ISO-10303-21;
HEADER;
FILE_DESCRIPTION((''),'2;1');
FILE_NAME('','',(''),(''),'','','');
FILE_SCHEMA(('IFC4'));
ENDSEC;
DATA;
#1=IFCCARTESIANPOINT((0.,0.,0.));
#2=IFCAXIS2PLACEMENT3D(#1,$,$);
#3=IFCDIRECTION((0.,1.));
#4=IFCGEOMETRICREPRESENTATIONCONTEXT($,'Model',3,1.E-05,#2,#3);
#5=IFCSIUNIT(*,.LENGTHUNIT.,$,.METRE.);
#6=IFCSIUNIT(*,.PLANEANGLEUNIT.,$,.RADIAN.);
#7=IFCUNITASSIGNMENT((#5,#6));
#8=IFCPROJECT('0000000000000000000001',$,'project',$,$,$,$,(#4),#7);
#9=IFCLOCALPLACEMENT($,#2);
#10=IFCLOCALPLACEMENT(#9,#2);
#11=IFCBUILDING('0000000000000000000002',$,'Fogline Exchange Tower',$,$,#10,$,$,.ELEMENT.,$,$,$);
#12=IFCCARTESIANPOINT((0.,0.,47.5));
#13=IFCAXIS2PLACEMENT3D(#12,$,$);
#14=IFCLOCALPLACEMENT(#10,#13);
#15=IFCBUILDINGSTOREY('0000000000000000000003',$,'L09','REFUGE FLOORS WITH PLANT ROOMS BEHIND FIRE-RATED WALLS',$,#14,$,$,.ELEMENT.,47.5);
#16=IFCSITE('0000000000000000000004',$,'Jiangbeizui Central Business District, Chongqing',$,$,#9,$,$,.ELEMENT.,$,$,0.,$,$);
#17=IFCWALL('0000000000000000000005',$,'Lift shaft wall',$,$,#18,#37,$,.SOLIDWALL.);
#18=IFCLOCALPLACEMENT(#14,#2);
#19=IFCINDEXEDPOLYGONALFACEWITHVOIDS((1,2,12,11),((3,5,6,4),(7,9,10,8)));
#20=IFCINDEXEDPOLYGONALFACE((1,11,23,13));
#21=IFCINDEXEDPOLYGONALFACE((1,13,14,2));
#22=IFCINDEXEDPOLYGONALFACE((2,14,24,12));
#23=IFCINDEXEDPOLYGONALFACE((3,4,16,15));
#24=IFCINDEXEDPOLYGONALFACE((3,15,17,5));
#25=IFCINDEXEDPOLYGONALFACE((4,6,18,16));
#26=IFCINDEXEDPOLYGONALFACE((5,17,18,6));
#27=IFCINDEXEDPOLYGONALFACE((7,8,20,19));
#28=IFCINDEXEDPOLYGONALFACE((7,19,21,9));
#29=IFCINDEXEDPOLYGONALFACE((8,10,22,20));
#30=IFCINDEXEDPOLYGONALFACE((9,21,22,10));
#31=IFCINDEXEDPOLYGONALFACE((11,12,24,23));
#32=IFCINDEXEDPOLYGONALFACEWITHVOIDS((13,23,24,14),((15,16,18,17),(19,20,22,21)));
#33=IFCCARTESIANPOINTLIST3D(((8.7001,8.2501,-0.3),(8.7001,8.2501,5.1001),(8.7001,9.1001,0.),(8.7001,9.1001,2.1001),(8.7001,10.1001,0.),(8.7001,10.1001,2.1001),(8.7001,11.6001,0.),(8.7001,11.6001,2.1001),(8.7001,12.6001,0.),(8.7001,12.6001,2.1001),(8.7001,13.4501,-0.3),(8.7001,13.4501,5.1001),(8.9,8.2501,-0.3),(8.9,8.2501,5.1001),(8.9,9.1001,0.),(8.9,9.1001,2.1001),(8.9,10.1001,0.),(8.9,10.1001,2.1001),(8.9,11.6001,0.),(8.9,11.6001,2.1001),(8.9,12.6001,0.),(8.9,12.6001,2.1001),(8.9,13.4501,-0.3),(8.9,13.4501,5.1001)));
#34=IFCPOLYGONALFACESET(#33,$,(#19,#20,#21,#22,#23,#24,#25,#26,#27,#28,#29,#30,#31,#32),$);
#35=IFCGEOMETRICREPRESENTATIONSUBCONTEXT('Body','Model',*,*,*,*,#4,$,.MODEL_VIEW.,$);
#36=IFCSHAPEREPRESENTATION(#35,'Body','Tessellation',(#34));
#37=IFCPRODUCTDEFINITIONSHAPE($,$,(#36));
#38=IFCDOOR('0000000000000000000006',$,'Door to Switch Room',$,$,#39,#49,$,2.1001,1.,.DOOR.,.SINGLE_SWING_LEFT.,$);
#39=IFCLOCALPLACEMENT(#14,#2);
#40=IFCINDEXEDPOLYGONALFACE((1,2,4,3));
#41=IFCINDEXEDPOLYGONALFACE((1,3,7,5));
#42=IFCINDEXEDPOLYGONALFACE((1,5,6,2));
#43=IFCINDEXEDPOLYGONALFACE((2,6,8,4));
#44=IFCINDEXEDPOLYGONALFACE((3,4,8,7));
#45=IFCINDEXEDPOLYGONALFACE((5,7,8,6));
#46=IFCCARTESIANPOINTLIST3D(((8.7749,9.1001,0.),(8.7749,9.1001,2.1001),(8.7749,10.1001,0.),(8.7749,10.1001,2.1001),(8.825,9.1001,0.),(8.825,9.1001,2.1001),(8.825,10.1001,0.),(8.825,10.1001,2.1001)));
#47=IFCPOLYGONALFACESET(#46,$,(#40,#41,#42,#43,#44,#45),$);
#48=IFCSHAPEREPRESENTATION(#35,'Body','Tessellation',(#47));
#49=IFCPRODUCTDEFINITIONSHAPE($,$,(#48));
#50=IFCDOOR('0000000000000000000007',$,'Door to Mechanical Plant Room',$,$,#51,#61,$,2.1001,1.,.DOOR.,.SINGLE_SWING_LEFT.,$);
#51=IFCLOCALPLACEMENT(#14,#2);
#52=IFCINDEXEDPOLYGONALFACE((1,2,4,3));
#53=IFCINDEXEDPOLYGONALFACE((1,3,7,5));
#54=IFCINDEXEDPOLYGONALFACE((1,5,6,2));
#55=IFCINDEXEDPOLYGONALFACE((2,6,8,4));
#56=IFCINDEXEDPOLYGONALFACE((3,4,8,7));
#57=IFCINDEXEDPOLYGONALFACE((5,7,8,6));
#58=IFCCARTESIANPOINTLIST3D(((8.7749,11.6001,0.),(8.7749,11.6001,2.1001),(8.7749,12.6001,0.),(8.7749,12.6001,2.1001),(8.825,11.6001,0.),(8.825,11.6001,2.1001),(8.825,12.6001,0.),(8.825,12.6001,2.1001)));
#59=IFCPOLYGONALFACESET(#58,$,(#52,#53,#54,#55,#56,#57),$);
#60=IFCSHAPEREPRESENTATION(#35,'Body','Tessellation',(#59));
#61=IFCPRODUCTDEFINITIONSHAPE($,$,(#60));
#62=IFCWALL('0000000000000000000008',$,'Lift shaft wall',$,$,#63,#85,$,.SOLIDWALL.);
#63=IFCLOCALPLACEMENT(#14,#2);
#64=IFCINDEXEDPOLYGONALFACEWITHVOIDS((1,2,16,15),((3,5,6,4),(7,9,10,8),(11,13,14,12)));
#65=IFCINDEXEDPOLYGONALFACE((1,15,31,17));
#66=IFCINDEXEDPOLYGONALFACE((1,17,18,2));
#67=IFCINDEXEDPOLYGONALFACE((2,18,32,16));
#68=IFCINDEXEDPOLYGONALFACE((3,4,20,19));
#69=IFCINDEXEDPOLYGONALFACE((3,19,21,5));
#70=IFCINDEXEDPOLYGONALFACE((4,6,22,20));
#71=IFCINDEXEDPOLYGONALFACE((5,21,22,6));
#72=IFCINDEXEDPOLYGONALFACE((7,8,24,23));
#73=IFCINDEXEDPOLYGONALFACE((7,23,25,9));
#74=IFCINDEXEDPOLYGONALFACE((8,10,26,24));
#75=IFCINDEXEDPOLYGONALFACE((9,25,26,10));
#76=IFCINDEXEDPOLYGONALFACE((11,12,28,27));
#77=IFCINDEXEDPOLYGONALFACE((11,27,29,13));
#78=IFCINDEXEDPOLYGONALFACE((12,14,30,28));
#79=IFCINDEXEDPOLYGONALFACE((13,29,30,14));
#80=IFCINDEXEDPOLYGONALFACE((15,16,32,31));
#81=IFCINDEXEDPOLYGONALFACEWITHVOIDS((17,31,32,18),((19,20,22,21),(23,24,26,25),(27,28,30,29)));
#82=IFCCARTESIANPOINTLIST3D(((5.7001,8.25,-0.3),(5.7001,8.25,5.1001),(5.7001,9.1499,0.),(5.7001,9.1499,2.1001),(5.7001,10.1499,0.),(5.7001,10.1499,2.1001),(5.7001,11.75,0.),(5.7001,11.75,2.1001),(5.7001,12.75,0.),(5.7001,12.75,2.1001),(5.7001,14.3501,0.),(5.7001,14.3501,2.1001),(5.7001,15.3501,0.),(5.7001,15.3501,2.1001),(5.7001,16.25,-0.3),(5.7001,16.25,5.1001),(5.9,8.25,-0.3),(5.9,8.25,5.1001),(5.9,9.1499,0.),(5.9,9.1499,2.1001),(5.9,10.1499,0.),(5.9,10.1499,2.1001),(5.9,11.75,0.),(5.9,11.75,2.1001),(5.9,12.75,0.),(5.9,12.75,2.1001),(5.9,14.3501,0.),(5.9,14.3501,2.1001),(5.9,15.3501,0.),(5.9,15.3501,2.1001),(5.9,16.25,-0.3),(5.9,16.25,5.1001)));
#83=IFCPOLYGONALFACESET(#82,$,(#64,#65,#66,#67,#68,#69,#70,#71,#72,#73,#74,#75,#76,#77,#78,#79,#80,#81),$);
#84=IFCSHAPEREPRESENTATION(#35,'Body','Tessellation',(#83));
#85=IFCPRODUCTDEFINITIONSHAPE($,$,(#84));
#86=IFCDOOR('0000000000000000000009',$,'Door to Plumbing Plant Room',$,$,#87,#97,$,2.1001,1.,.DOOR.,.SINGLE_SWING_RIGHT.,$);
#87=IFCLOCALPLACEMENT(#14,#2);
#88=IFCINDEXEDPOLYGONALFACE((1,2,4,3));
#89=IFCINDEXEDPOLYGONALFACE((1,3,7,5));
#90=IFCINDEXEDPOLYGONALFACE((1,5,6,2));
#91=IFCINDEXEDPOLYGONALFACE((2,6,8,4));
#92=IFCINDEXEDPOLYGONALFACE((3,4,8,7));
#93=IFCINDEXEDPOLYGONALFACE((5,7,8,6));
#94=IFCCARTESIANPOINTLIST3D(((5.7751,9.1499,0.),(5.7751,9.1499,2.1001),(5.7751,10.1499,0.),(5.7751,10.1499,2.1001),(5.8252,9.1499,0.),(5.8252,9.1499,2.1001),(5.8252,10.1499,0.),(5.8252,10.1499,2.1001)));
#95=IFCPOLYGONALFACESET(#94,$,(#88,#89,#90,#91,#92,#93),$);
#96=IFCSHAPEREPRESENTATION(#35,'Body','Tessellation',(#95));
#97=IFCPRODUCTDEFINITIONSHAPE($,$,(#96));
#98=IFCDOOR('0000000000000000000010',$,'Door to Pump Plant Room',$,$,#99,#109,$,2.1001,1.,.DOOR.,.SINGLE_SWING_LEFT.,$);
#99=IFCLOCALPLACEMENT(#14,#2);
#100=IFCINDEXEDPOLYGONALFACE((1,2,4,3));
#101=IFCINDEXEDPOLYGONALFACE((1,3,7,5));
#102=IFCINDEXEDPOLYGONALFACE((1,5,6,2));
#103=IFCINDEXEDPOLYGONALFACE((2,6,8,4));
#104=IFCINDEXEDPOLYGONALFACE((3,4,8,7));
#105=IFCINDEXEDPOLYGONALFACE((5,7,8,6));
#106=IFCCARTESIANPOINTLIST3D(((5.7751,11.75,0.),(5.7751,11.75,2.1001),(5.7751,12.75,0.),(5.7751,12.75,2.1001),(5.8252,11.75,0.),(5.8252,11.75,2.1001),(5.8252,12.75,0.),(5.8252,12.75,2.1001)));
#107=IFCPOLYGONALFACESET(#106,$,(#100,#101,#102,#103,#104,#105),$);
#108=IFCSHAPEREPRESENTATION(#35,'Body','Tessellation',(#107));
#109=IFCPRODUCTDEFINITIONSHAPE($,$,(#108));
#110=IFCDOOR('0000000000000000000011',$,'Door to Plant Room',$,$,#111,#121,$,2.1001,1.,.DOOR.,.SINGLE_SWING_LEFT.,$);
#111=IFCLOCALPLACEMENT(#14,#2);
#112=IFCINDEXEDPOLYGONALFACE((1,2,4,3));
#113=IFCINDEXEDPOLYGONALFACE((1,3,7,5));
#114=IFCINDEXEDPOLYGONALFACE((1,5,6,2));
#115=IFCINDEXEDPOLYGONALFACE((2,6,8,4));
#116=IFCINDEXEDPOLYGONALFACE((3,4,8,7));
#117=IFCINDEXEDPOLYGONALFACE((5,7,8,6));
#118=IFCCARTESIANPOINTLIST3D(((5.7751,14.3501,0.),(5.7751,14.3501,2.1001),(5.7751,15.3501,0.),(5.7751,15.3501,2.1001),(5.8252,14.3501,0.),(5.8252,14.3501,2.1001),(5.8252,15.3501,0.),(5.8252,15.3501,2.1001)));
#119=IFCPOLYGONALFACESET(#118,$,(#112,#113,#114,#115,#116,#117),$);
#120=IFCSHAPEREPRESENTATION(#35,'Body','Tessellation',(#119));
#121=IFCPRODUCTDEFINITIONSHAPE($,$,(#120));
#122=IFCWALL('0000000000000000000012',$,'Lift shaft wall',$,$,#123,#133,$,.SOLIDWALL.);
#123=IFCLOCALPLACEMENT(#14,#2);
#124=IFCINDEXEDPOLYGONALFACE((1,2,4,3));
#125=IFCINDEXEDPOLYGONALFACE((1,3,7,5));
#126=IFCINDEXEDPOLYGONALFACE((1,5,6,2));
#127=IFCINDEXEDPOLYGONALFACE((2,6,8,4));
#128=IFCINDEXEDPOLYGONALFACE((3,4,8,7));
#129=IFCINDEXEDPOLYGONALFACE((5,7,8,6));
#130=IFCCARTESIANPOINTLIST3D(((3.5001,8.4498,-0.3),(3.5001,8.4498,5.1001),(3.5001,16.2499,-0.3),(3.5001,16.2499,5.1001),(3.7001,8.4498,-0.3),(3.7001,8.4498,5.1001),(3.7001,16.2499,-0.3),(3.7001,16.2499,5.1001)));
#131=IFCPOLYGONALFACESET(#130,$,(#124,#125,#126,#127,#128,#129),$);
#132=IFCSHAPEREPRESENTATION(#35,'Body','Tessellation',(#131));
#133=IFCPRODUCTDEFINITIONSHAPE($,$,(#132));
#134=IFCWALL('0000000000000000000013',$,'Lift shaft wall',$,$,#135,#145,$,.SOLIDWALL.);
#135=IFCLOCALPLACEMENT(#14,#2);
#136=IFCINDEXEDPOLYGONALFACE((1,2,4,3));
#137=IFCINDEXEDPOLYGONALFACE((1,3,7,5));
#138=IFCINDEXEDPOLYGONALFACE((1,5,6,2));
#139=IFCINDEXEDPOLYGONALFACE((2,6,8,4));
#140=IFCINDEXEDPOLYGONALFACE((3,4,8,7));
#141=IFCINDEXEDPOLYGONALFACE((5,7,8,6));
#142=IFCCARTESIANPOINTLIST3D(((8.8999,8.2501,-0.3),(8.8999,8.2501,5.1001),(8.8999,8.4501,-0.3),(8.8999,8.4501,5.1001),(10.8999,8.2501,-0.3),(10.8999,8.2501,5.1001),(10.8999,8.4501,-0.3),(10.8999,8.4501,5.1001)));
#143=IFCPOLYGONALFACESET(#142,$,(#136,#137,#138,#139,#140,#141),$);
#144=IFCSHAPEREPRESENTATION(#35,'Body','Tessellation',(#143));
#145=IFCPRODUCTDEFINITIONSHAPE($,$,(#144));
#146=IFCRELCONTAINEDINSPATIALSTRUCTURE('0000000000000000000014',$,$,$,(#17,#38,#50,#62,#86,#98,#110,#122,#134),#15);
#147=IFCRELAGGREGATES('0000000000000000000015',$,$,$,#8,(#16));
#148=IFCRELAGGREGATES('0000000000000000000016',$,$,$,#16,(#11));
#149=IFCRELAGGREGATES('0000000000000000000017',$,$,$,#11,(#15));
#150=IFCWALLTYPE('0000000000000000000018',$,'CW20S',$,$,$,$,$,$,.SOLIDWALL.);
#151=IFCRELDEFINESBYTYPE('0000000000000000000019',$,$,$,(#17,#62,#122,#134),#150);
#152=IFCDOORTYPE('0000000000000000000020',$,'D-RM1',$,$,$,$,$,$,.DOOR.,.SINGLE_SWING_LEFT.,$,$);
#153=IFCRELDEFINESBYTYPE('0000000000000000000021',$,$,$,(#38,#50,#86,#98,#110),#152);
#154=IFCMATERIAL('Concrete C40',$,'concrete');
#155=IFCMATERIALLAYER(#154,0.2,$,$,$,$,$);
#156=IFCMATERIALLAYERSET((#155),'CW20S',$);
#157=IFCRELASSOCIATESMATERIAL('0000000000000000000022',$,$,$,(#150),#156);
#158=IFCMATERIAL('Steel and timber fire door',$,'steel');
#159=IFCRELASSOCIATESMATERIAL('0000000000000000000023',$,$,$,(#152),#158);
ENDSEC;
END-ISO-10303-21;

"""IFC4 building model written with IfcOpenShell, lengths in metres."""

from ifc_helpers import new_model, si_unit, direction, frame, frame_2d, origin, place, context, subcontext, project, spatial, rectangle, extrude, material, layer, layer_set, type_object, element, fill, save


model = new_model("IFC4")

# Units and contexts
model_context = context("Model", 3, precision=1e-05, world=origin(), true_north=direction((0.0, 1.0)))
body_context = subcontext(model_context, "Body", "Model", "MODEL_VIEW")
ifc_project = project(units=[si_unit("LENGTHUNIT", "METRE"), si_unit("PLANEANGLEUNIT", "RADIAN")], contexts=[model_context])

# Site, building, storey
site_placement = place(None, origin())
site = spatial("IfcSite", under=ifc_project, at=site_placement, Name="Jiangbeizui Central Business District, Chongqing", CompositionType="ELEMENT", RefElevation=0.0)
building_placement = place(site_placement, origin())
building = spatial("IfcBuilding", under=site, at=building_placement, Name="Fogline Exchange Tower", CompositionType="ELEMENT")
storey_placement = place(building_placement, frame((0.0, 0.0, 47.5)))
storey = spatial("IfcBuildingStorey", under=building, at=storey_placement, Name="L09", Description="REFUGE FLOORS WITH PLANT ROOMS BEHIND FIRE-RATED WALLS", CompositionType="ELEMENT", Elevation=47.5)

# Shared definitions
ifc_material_1 = material(Name="Concrete C40", Category="concrete")

# Shared definitions
ifc_material_2 = material(Name="Steel and timber fire door", Category="steel")

# Walls, openings, doors
ifc_layer_1 = layer(ifc_material_1, 0.2)
ifc_layer_set_1 = layer_set([ifc_layer_1], Name="CW20S")
wall_type_1 = type_object("IfcWallType", Name="CW20S", PredefinedType="SOLIDWALL", material=ifc_layer_set_1)
wall_1_placement = place(storey_placement, frame((8.8, 8.25, -0.3), z_axis=(0.0, 0.0, 1.0), x_axis=(0.0, 1.0, 0.0)))
wall_1 = element("IfcWall", 1, at=wall_1_placement, inside=storey, type_object=wall_type_1, Name="Lift shaft wall", PredefinedType="SOLIDWALL", context=body_context, shape_type="SweptSolid", body=[
    extrude(rectangle(XDim=5.2, YDim=0.2, at=frame_2d((2.6001, 0.0))), origin(), (0.0, 0.0, 1.0), 5.4001),
])
opening_1_placement = place(wall_1_placement, frame((0.8501, 0.0, 0.3)))
opening_1 = element("IfcOpeningElement", 2, at=opening_1_placement, cuts=wall_1, PredefinedType="OPENING", context=body_context, shape_type="SweptSolid", body=[
    extrude(rectangle(XDim=1.0, YDim=2.1001, at=frame_2d((0.5, 1.05))), frame((0.0, 0.1099, 0.0), z_axis=(0.0, -1.0, 0.0), x_axis=(1.0, 0.0, 0.0)), (0.0, 0.0, 1.0), 0.22),
])
opening_2_placement = place(wall_1_placement, frame((3.3501, 0.0, 0.3)))
opening_2 = element("IfcOpeningElement", 3, at=opening_2_placement, cuts=wall_1, PredefinedType="OPENING", context=body_context, shape_type="SweptSolid", body=[
    extrude(rectangle(XDim=1.0, YDim=2.1001, at=frame_2d((0.5, 1.05))), frame((0.0, 0.1099, 0.0), z_axis=(0.0, -1.0, 0.0), x_axis=(1.0, 0.0, 0.0)), (0.0, 0.0, 1.0), 0.22),
])
door_type_1 = type_object("IfcDoorType", Name="D-RM1", OperationType="SINGLE_SWING_LEFT", PredefinedType="DOOR", material=ifc_material_2)
door_1_placement = place(opening_1_placement, frame((1.0, 0.0, 0.0), z_axis=(0.0, 0.0, 1.0), x_axis=(-1.0, 0.0, 0.0)))
door_1 = element("IfcDoor", 4, at=door_1_placement, inside=storey, type_object=door_type_1, Name="Door to Switch Room", OperationType="SINGLE_SWING_LEFT", OverallHeight=2.1001, OverallWidth=1.0, PredefinedType="DOOR", context=body_context, shape_type="SweptSolid", body=[
    extrude(rectangle(XDim=1.0, YDim=2.1001, at=frame_2d((0.5, 1.05))), frame((0.0, 0.0249, 0.0), z_axis=(0.0, -1.0, 0.0), x_axis=(1.0, 0.0, 0.0)), (0.0, 0.0, 1.0), 0.05),
])
fill(opening_1, door_1)
door_2_placement = place(opening_2_placement, frame((1.0, 0.0, 0.0), z_axis=(0.0, 0.0, 1.0), x_axis=(-1.0, 0.0, 0.0)))
door_2 = element("IfcDoor", 5, at=door_2_placement, inside=storey, type_object=door_type_1, Name="Door to Mechanical Plant Room", OperationType="SINGLE_SWING_LEFT", OverallHeight=2.1001, OverallWidth=1.0, PredefinedType="DOOR", context=body_context, shape_type="SweptSolid", body=[
    extrude(rectangle(XDim=1.0, YDim=2.1001, at=frame_2d((0.5, 1.05))), frame((0.0, 0.0249, 0.0), z_axis=(0.0, -1.0, 0.0), x_axis=(1.0, 0.0, 0.0)), (0.0, 0.0, 1.0), 0.05),
])
fill(opening_2, door_2)
wall_2_placement = place(storey_placement, frame((5.8, 8.25, -0.3), z_axis=(0.0, 0.0, 1.0), x_axis=(0.0, 1.0, 0.0)))
wall_2 = element("IfcWall", 6, at=wall_2_placement, inside=storey, type_object=wall_type_1, Name="Lift shaft wall", PredefinedType="SOLIDWALL", context=body_context, shape_type="SweptSolid", body=[
    extrude(rectangle(XDim=8.0, YDim=0.2, at=frame_2d((4.0, 0.0))), origin(), (0.0, 0.0, 1.0), 5.4001),
])
opening_3_placement = place(wall_2_placement, frame((0.8999, 0.0, 0.3)))
opening_3 = element("IfcOpeningElement", 7, at=opening_3_placement, cuts=wall_2, PredefinedType="OPENING", context=body_context, shape_type="SweptSolid", body=[
    extrude(rectangle(XDim=1.0, YDim=2.1001, at=frame_2d((0.5, 1.05))), frame((0.0, 0.1099, 0.0), z_axis=(0.0, -1.0, 0.0), x_axis=(1.0, 0.0, 0.0)), (0.0, 0.0, 1.0), 0.22),
])
opening_4_placement = place(wall_2_placement, frame((3.5, 0.0, 0.3)))
opening_4 = element("IfcOpeningElement", 8, at=opening_4_placement, cuts=wall_2, PredefinedType="OPENING", context=body_context, shape_type="SweptSolid", body=[
    extrude(rectangle(XDim=1.0, YDim=2.1001, at=frame_2d((0.5, 1.05))), frame((0.0, 0.1099, 0.0), z_axis=(0.0, -1.0, 0.0), x_axis=(1.0, 0.0, 0.0)), (0.0, 0.0, 1.0), 0.22),
])
opening_5_placement = place(wall_2_placement, frame((6.1001, 0.0, 0.3)))
opening_5 = element("IfcOpeningElement", 9, at=opening_5_placement, cuts=wall_2, PredefinedType="OPENING", context=body_context, shape_type="SweptSolid", body=[
    extrude(rectangle(XDim=1.0, YDim=2.1001, at=frame_2d((0.5, 1.05))), frame((0.0, 0.1099, 0.0), z_axis=(0.0, -1.0, 0.0), x_axis=(1.0, 0.0, 0.0)), (0.0, 0.0, 1.0), 0.22),
])
door_3_placement = place(opening_3_placement, origin())
door_3 = element("IfcDoor", 10, at=door_3_placement, inside=storey, type_object=door_type_1, Name="Door to Plumbing Plant Room", OperationType="SINGLE_SWING_RIGHT", OverallHeight=2.1001, OverallWidth=1.0, PredefinedType="DOOR", context=body_context, shape_type="SweptSolid", body=[
    extrude(rectangle(XDim=1.0, YDim=2.1001, at=frame_2d((0.5, 1.05))), frame((0.0, 0.0249, 0.0), z_axis=(0.0, -1.0, 0.0), x_axis=(1.0, 0.0, 0.0)), (0.0, 0.0, 1.0), 0.05),
])
fill(opening_3, door_3)
door_4_placement = place(opening_4_placement, origin())
door_4 = element("IfcDoor", 11, at=door_4_placement, inside=storey, type_object=door_type_1, Name="Door to Pump Plant Room", OperationType="SINGLE_SWING_LEFT", OverallHeight=2.1001, OverallWidth=1.0, PredefinedType="DOOR", context=body_context, shape_type="SweptSolid", body=[
    extrude(rectangle(XDim=1.0, YDim=2.1001, at=frame_2d((0.5, 1.05))), frame((0.0, 0.0249, 0.0), z_axis=(0.0, -1.0, 0.0), x_axis=(1.0, 0.0, 0.0)), (0.0, 0.0, 1.0), 0.05),
])
fill(opening_4, door_4)
door_5_placement = place(opening_5_placement, origin())
door_5 = element("IfcDoor", 12, at=door_5_placement, inside=storey, type_object=door_type_1, Name="Door to Plant Room", OperationType="SINGLE_SWING_LEFT", OverallHeight=2.1001, OverallWidth=1.0, PredefinedType="DOOR", context=body_context, shape_type="SweptSolid", body=[
    extrude(rectangle(XDim=1.0, YDim=2.1001, at=frame_2d((0.5, 1.05))), frame((0.0, 0.0249, 0.0), z_axis=(0.0, -1.0, 0.0), x_axis=(1.0, 0.0, 0.0)), (0.0, 0.0, 1.0), 0.05),
])
fill(opening_5, door_5)

# Walls
wall_3_placement = place(storey_placement, frame((3.6001, 8.45, -0.3), z_axis=(0.0, 0.0, 1.0), x_axis=(0.0, 1.0, 0.0)))
element("IfcWall", 13, at=wall_3_placement, inside=storey, type_object=wall_type_1, Name="Lift shaft wall", PredefinedType="SOLIDWALL", context=body_context, shape_type="SweptSolid", body=[
    extrude(rectangle(XDim=7.8, YDim=0.2, at=frame_2d((3.8999, 0.0))), origin(), (0.0, 0.0, 1.0), 5.4001),
])
wall_4_placement = place(storey_placement, frame((8.8999, 8.3501, -0.3), z_axis=(0.0, 0.0, 1.0), x_axis=(1.0, 0.0, 0.0)))
element("IfcWall", 14, at=wall_4_placement, inside=storey, type_object=wall_type_1, Name="Lift shaft wall", PredefinedType="SOLIDWALL", context=body_context, shape_type="SweptSolid", body=[
    extrude(rectangle(XDim=2.0, YDim=0.2, at=frame_2d((1.0, 0.0))), origin(), (0.0, 0.0, 1.0), 5.4001),
])

save(model, "model.ifc")
